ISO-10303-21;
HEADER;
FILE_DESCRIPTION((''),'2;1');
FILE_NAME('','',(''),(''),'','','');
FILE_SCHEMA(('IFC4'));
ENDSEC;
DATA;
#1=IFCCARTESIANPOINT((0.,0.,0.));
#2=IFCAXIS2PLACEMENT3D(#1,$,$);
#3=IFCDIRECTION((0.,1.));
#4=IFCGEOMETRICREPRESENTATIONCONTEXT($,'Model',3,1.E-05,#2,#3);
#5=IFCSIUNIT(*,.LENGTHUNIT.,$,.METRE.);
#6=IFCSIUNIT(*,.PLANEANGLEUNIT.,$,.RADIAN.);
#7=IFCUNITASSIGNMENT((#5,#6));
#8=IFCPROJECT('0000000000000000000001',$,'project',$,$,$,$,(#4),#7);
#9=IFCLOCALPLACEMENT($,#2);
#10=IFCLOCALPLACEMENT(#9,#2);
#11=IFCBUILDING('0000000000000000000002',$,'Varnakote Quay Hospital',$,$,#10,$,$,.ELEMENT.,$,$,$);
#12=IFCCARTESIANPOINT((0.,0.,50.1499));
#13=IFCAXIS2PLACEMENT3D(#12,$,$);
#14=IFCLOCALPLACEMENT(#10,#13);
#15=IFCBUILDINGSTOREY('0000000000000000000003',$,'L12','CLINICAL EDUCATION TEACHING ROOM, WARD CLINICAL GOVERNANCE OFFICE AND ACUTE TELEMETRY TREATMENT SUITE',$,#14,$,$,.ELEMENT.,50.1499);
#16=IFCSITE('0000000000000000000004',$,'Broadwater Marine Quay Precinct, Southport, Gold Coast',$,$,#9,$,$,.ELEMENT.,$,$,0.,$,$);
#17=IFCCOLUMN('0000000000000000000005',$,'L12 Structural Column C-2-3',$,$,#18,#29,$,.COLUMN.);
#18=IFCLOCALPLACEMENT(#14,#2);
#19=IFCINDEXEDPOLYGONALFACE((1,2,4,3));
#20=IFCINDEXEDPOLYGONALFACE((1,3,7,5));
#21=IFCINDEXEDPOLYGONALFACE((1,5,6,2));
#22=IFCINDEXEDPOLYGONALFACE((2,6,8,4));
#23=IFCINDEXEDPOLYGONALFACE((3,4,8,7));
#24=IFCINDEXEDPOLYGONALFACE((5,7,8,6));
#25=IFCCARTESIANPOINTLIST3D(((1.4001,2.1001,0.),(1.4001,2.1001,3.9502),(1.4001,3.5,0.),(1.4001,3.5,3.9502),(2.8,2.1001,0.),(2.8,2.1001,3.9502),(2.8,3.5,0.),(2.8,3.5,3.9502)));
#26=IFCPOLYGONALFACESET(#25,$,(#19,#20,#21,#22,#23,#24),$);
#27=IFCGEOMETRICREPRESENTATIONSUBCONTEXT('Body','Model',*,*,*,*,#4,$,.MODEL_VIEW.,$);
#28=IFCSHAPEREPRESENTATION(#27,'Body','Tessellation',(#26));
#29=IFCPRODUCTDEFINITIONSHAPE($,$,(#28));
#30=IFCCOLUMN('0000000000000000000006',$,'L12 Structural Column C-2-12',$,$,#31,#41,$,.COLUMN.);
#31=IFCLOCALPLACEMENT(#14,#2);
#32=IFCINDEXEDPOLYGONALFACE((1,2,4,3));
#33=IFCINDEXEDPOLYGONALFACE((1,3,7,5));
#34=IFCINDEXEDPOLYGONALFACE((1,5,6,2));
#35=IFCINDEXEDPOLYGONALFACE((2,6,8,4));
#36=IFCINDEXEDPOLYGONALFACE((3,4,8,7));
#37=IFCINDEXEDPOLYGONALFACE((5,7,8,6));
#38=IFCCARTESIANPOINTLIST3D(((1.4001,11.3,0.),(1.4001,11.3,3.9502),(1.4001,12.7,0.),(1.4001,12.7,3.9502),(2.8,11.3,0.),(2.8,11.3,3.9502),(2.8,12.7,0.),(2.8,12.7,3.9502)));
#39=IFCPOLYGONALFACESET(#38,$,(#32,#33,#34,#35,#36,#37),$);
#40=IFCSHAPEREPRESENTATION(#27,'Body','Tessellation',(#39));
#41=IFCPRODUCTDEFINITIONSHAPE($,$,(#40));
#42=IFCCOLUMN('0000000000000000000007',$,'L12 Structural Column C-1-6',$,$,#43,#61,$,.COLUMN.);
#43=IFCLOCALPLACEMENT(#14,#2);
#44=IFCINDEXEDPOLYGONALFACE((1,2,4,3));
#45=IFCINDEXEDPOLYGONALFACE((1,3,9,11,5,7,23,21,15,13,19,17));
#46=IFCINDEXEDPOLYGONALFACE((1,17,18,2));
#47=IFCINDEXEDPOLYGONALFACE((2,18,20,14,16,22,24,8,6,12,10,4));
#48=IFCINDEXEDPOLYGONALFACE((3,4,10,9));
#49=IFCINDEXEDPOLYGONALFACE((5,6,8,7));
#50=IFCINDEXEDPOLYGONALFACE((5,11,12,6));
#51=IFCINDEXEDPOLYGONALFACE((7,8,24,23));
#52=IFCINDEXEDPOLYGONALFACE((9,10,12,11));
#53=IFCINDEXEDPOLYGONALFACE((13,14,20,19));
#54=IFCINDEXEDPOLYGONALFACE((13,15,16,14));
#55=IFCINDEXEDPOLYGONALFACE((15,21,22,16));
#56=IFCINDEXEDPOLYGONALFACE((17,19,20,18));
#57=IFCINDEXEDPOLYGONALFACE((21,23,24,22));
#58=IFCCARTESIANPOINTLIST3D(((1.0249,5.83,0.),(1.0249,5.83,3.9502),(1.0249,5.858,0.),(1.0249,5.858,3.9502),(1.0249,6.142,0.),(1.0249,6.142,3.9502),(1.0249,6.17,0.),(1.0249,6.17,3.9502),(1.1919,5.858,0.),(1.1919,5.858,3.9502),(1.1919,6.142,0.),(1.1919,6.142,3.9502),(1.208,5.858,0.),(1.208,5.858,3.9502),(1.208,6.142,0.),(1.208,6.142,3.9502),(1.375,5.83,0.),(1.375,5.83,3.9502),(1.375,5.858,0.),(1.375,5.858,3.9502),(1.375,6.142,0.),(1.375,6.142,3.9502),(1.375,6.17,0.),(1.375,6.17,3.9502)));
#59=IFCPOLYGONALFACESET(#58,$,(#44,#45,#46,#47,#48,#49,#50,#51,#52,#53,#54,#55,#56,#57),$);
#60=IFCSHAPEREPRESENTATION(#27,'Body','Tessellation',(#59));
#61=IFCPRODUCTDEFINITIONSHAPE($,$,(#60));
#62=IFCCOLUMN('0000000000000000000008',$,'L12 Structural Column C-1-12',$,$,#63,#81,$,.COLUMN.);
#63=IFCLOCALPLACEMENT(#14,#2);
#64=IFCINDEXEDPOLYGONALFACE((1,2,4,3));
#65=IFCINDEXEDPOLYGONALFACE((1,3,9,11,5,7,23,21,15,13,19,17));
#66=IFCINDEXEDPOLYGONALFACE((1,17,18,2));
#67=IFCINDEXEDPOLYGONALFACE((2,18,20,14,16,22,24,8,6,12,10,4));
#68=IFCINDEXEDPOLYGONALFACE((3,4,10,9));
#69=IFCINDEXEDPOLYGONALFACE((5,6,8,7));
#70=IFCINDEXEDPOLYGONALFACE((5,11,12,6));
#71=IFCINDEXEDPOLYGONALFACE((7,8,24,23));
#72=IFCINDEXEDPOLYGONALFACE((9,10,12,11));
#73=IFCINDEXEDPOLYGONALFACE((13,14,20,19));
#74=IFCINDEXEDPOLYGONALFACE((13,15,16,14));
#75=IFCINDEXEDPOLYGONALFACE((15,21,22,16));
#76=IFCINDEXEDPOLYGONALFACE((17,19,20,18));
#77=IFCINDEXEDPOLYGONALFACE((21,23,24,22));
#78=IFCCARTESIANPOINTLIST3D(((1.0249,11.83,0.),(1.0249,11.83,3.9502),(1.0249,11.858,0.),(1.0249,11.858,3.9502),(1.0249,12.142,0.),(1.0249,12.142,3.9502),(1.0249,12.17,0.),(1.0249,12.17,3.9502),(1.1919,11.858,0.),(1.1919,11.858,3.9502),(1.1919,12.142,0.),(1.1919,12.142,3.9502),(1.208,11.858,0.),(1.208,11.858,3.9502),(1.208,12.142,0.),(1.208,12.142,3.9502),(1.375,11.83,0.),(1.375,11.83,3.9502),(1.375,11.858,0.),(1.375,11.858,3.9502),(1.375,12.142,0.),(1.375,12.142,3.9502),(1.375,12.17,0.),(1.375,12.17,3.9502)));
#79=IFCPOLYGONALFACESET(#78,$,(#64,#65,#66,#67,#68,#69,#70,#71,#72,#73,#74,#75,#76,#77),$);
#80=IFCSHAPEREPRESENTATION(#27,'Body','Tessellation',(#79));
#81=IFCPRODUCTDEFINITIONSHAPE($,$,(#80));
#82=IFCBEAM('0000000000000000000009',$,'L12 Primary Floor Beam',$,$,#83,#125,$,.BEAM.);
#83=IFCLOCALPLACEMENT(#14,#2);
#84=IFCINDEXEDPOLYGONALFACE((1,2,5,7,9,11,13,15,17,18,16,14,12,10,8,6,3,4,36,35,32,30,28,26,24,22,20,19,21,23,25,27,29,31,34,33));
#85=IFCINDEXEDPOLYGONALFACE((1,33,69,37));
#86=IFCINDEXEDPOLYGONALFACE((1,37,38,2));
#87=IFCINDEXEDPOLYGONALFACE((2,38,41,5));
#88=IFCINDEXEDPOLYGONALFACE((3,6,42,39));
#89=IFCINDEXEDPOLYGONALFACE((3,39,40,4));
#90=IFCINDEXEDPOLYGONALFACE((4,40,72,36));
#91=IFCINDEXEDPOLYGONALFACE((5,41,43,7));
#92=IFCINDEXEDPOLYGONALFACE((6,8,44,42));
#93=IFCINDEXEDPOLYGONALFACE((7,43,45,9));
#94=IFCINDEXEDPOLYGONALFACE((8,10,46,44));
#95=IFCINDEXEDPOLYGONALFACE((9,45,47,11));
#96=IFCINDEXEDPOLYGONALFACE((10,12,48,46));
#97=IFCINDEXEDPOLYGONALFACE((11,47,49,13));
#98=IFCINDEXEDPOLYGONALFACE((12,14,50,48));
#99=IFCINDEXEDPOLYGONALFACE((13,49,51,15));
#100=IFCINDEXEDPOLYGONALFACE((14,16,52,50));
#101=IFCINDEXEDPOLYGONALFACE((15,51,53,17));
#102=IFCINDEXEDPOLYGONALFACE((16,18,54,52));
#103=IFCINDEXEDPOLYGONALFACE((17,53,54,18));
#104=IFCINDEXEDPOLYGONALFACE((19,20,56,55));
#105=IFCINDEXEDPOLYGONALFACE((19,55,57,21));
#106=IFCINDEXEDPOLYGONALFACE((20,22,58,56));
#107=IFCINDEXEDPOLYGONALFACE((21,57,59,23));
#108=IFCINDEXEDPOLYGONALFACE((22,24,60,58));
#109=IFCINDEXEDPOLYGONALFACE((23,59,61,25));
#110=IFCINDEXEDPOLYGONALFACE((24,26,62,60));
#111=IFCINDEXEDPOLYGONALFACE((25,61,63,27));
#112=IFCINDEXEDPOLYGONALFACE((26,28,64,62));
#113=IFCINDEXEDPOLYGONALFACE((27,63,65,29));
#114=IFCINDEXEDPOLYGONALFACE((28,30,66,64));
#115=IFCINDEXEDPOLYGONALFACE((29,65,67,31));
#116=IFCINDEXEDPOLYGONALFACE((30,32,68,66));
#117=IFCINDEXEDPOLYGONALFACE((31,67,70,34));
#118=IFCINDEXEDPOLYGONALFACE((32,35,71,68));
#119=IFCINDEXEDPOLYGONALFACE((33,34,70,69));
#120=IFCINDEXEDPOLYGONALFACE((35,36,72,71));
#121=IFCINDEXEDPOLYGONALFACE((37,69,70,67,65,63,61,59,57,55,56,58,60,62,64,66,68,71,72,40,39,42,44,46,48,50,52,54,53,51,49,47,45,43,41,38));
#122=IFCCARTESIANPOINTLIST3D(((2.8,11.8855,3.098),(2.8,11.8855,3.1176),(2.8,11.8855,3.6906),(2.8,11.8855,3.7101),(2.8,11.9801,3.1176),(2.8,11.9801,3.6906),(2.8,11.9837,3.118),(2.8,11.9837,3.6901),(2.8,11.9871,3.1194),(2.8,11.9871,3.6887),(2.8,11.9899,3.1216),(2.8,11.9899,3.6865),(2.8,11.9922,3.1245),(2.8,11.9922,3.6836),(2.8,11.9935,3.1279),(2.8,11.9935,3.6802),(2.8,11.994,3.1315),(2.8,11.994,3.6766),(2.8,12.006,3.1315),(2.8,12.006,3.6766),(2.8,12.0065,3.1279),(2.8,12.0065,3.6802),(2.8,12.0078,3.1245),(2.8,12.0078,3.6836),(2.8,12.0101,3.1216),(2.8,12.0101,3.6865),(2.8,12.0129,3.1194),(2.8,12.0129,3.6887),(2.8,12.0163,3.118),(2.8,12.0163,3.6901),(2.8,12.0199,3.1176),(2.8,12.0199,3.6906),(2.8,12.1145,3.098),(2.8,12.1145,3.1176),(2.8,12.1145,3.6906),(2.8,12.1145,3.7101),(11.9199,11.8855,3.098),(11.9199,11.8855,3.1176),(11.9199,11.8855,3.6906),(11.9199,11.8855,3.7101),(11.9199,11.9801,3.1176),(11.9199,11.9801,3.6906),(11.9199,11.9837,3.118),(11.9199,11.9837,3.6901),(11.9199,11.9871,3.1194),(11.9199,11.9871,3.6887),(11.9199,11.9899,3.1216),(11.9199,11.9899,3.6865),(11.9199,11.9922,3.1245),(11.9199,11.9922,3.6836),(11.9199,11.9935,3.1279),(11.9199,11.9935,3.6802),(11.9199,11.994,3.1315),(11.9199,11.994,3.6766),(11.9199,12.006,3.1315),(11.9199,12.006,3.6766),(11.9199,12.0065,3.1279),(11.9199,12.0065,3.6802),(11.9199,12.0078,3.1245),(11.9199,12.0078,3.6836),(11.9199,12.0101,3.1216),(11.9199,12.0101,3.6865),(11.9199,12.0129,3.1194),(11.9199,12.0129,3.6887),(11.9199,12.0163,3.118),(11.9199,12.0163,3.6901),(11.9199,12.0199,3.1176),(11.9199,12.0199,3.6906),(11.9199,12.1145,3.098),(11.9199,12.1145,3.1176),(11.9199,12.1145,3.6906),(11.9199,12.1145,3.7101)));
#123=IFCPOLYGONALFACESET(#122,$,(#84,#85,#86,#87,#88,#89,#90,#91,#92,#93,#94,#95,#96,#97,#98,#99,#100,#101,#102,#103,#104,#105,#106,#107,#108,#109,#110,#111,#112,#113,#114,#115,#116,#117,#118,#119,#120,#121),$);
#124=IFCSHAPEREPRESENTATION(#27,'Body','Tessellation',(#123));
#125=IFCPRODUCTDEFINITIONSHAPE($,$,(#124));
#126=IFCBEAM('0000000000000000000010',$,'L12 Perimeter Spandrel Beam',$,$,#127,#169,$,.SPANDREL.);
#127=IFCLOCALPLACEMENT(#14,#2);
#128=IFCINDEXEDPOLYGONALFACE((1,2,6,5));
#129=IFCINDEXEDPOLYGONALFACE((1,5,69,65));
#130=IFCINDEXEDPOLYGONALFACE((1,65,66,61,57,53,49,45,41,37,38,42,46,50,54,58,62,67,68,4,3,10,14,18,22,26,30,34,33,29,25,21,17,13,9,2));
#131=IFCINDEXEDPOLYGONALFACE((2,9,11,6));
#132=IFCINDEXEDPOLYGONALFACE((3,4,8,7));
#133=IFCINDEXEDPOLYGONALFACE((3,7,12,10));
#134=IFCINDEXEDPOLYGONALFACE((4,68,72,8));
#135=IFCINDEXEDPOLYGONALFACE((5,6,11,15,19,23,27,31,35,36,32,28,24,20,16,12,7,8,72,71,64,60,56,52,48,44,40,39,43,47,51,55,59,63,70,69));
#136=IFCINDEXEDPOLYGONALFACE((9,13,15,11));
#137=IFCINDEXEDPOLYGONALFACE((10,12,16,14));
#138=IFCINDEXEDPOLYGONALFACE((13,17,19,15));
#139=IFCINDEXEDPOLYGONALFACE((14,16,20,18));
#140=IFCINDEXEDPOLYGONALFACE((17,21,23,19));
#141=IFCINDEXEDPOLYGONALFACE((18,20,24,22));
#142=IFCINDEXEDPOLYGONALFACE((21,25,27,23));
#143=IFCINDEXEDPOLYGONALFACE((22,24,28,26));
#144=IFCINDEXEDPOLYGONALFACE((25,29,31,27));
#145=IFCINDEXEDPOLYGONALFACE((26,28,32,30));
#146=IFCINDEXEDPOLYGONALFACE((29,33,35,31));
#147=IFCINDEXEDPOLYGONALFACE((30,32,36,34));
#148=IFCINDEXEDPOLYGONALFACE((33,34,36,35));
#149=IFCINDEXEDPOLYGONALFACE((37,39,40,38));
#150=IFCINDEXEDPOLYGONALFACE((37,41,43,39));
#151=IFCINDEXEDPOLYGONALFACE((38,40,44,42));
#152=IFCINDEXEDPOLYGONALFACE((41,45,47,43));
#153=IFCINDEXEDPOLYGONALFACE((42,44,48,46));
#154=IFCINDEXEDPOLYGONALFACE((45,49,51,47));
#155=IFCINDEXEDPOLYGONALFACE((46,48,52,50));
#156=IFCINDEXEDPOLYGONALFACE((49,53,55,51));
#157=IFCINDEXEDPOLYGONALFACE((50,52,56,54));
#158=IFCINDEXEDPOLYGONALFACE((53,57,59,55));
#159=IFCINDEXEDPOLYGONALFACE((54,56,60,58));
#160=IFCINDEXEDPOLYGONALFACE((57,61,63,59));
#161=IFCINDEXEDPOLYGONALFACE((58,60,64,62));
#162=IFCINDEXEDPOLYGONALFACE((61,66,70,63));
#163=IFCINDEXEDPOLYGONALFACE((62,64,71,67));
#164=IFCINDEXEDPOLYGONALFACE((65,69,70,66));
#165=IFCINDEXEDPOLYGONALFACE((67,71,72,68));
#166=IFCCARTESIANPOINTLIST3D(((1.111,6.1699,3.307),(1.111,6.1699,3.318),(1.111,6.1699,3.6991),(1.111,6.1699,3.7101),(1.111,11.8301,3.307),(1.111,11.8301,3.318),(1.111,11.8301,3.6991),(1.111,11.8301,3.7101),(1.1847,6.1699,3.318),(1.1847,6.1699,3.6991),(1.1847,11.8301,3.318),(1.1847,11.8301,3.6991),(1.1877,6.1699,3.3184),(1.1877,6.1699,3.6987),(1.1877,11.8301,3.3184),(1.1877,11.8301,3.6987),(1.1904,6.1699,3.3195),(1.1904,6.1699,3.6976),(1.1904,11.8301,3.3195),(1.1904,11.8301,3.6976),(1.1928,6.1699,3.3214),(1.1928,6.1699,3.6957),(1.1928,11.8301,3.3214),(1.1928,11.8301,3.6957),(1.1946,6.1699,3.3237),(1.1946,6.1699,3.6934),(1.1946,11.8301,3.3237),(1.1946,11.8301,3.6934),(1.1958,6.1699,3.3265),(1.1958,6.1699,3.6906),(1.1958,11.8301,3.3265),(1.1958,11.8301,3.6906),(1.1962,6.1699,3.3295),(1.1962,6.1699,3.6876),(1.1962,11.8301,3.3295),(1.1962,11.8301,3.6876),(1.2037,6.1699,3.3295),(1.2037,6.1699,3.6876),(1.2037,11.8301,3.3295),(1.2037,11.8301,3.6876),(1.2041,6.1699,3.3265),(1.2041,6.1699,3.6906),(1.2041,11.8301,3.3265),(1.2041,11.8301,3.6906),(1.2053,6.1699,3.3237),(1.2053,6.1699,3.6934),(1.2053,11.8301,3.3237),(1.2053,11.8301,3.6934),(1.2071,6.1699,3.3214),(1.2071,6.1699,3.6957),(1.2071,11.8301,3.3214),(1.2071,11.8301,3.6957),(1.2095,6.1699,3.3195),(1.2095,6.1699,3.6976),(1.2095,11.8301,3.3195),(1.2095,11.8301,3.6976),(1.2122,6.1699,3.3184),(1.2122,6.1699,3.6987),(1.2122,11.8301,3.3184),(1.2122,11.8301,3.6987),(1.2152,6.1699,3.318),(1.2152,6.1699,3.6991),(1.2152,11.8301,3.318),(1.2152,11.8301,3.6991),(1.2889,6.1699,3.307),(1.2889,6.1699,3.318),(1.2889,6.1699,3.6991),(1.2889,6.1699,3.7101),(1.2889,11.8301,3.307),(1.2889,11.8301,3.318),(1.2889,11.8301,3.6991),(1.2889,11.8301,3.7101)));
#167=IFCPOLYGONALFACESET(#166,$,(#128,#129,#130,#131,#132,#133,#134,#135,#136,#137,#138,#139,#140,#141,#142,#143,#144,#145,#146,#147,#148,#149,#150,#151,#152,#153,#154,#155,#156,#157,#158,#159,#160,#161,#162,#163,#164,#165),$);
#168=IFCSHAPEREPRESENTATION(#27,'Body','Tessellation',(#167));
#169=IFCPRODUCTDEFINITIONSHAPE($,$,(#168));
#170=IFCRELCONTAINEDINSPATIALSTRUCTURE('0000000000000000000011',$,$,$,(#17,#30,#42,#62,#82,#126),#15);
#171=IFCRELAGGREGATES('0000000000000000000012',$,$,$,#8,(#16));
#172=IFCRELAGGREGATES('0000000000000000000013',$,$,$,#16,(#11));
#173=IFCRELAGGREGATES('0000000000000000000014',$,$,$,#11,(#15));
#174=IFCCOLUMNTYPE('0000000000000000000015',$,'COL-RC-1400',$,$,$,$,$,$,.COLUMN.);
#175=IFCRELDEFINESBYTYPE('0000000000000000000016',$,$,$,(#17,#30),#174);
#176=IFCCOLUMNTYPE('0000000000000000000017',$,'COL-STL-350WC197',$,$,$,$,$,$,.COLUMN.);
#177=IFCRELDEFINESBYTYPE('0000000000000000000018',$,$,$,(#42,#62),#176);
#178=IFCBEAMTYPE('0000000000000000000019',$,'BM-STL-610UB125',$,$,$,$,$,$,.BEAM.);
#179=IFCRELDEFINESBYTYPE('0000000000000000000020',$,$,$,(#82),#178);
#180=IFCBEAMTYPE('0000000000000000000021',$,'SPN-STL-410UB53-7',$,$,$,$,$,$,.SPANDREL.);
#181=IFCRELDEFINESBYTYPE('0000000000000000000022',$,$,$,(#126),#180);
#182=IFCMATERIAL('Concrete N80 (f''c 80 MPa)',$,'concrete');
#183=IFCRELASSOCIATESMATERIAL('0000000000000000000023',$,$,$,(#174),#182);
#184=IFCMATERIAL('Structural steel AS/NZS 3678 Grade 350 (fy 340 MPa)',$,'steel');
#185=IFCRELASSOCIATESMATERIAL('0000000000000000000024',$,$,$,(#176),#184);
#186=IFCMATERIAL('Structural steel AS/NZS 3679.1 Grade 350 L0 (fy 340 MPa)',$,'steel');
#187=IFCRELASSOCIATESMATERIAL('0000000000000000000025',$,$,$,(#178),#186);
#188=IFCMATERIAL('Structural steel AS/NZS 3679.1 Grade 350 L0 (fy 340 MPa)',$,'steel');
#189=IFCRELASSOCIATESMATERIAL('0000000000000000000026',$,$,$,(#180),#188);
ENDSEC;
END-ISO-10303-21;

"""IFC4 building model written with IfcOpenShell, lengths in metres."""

from ifc_helpers import new_model, si_unit, direction, frame, origin, origin_2d, place, context, subcontext, project, spatial, rectangle, i_section, extrude, material, material_profile, profile_set, type_object, element, save


model = new_model("IFC4")

# Units and contexts
model_context = context("Model", 3, precision=1e-05, world=origin(), true_north=direction((0.0, 1.0)))
body_context = subcontext(model_context, "Body", "Model", "MODEL_VIEW")
ifc_project = project(units=[si_unit("LENGTHUNIT", "METRE"), si_unit("PLANEANGLEUNIT", "RADIAN")], contexts=[model_context])

# Site, building, storey
site_placement = place(None, origin())
site = spatial("IfcSite", under=ifc_project, at=site_placement, Name="Broadwater Marine Quay Precinct, Southport, Gold Coast", CompositionType="ELEMENT", RefElevation=0.0)
building_placement = place(site_placement, origin())
building = spatial("IfcBuilding", under=site, at=building_placement, Name="Varnakote Quay Hospital", CompositionType="ELEMENT")
storey_placement = place(building_placement, frame((0.0, 0.0, 50.1499)))
storey = spatial("IfcBuildingStorey", under=building, at=storey_placement, Name="L12", Description="CLINICAL EDUCATION TEACHING ROOM, WARD CLINICAL GOVERNANCE OFFICE AND ACUTE TELEMETRY TREATMENT SUITE", CompositionType="ELEMENT", Elevation=50.1499)

# Columns
ifc_material_1 = material(Name="Concrete N80 (f'c 80 MPa)", Category="concrete")
ifc_material_profile_1 = material_profile(ifc_material_1, rectangle(XDim=1.3999, YDim=1.3999, at=origin_2d()), Name="RC-COL-1400x1400")
ifc_profile_set_1 = profile_set([ifc_material_profile_1], Name="Concrete N80 (f'c 80 MPa)")
column_type_1 = type_object("IfcColumnType", Name="COL-RC-1400", PredefinedType="COLUMN", material=ifc_profile_set_1)
for number, where, z_axis, x_axis, name in (
    (1, (2.1001, 2.8, 0.0), (0.0, 0.0, 1.0), (1.0, 0.0, 0.0), "L12 Structural Column C-2-3"),
    (2, (2.1001, 12.0, 0.0), (0.0, 0.0, 1.0), (1.0, 0.0, 0.0), "L12 Structural Column C-2-12"),
):
    element("IfcColumn", number, at=place(storey_placement, frame(where, z_axis=z_axis, x_axis=x_axis)), inside=storey, type_object=column_type_1, Name=name, PredefinedType="COLUMN", context=body_context, shape_type="SweptSolid", body=[
        extrude(rectangle(XDim=1.3999, YDim=1.3999, at=origin_2d()), origin(), (0.0, 0.0, 1.0), 3.9502),
    ])
ifc_material_2 = material(Name="Structural steel AS/NZS 3678 Grade 350 (fy 340 MPa)", Category="steel")
ifc_material_profile_2 = material_profile(ifc_material_2, i_section(OverallWidth=0.3501, OverallDepth=0.3401, WebThickness=0.0161, FlangeThickness=0.0281, at=origin_2d()), Name="350WC197")
ifc_profile_set_2 = profile_set([ifc_material_profile_2], Name="Structural steel AS/NZS 3678 Grade 350 (fy 340 MPa)")
column_type_2 = type_object("IfcColumnType", Name="COL-STL-350WC197", PredefinedType="COLUMN", material=ifc_profile_set_2)
for number, where, z_axis, x_axis, name in (
    (3, (1.2, 6.0, 0.0), (0.0, 0.0, 1.0), (1.0, 0.0, 0.0), "L12 Structural Column C-1-6"),
    (4, (1.2, 12.0, 0.0), (0.0, 0.0, 1.0), (1.0, 0.0, 0.0), "L12 Structural Column C-1-12"),
):
    element("IfcColumn", number, at=place(storey_placement, frame(where, z_axis=z_axis, x_axis=x_axis)), inside=storey, type_object=column_type_2, Name=name, PredefinedType="COLUMN", context=body_context, shape_type="SweptSolid", body=[
        extrude(i_section(OverallWidth=0.3501, OverallDepth=0.3401, WebThickness=0.0161, FlangeThickness=0.0281, at=origin_2d()), origin(), (0.0, 0.0, 1.0), 3.9502),
    ])

# Beams
ifc_material_3 = material(Name="Structural steel AS/NZS 3679.1 Grade 350 L0 (fy 340 MPa)", Category="steel")
ifc_material_profile_3 = material_profile(ifc_material_3, i_section(OverallWidth=0.229, OverallDepth=0.6121, WebThickness=0.012, FlangeThickness=0.0195, FilletRadius=0.0139, at=origin_2d()), Name="610UB125")
ifc_profile_set_3 = profile_set([ifc_material_profile_3], Name="Structural steel AS/NZS 3679.1 Grade 350 L0 (fy 340 MPa)")
beam_type_1 = type_object("IfcBeamType", Name="BM-STL-610UB125", PredefinedType="BEAM", material=ifc_profile_set_3)
beam_1_placement = place(storey_placement, frame((2.8, 12.0, 3.4041), z_axis=(1.0, 0.0, 0.0), x_axis=(0.0, 1.0, 0.0)))
element("IfcBeam", 5, at=beam_1_placement, inside=storey, type_object=beam_type_1, Name="L12 Primary Floor Beam", PredefinedType="BEAM", context=body_context, shape_type="SweptSolid", body=[
    extrude(i_section(OverallWidth=0.229, OverallDepth=0.6121, WebThickness=0.012, FlangeThickness=0.0195, FilletRadius=0.0139, at=origin_2d()), origin(), (0.0, 0.0, 1.0), 9.1199),
])
ifc_material_4 = material(Name="Structural steel AS/NZS 3679.1 Grade 350 L0 (fy 340 MPa)", Category="steel")
ifc_material_profile_4 = material_profile(ifc_material_4, i_section(OverallWidth=0.178, OverallDepth=0.4031, WebThickness=0.0076, FlangeThickness=0.011, FilletRadius=0.0115, at=origin_2d()), Name="410UB53.7")
ifc_profile_set_4 = profile_set([ifc_material_profile_4], Name="Structural steel AS/NZS 3679.1 Grade 350 L0 (fy 340 MPa)")
beam_type_2 = type_object("IfcBeamType", Name="SPN-STL-410UB53-7", PredefinedType="SPANDREL", material=ifc_profile_set_4)
beam_2_placement = place(storey_placement, frame((1.2, 6.1699, 3.5085), z_axis=(0.0, 1.0, 0.0), x_axis=(-1.0, 0.0, 0.0)))
element("IfcBeam", 6, at=beam_2_placement, inside=storey, type_object=beam_type_2, Name="L12 Perimeter Spandrel Beam", PredefinedType="SPANDREL", context=body_context, shape_type="SweptSolid", body=[
    extrude(i_section(OverallWidth=0.178, OverallDepth=0.4031, WebThickness=0.0076, FlangeThickness=0.011, FilletRadius=0.0115, at=origin_2d()), origin(), (0.0, 0.0, 1.0), 5.6602),
])

save(model, "model.ifc")
